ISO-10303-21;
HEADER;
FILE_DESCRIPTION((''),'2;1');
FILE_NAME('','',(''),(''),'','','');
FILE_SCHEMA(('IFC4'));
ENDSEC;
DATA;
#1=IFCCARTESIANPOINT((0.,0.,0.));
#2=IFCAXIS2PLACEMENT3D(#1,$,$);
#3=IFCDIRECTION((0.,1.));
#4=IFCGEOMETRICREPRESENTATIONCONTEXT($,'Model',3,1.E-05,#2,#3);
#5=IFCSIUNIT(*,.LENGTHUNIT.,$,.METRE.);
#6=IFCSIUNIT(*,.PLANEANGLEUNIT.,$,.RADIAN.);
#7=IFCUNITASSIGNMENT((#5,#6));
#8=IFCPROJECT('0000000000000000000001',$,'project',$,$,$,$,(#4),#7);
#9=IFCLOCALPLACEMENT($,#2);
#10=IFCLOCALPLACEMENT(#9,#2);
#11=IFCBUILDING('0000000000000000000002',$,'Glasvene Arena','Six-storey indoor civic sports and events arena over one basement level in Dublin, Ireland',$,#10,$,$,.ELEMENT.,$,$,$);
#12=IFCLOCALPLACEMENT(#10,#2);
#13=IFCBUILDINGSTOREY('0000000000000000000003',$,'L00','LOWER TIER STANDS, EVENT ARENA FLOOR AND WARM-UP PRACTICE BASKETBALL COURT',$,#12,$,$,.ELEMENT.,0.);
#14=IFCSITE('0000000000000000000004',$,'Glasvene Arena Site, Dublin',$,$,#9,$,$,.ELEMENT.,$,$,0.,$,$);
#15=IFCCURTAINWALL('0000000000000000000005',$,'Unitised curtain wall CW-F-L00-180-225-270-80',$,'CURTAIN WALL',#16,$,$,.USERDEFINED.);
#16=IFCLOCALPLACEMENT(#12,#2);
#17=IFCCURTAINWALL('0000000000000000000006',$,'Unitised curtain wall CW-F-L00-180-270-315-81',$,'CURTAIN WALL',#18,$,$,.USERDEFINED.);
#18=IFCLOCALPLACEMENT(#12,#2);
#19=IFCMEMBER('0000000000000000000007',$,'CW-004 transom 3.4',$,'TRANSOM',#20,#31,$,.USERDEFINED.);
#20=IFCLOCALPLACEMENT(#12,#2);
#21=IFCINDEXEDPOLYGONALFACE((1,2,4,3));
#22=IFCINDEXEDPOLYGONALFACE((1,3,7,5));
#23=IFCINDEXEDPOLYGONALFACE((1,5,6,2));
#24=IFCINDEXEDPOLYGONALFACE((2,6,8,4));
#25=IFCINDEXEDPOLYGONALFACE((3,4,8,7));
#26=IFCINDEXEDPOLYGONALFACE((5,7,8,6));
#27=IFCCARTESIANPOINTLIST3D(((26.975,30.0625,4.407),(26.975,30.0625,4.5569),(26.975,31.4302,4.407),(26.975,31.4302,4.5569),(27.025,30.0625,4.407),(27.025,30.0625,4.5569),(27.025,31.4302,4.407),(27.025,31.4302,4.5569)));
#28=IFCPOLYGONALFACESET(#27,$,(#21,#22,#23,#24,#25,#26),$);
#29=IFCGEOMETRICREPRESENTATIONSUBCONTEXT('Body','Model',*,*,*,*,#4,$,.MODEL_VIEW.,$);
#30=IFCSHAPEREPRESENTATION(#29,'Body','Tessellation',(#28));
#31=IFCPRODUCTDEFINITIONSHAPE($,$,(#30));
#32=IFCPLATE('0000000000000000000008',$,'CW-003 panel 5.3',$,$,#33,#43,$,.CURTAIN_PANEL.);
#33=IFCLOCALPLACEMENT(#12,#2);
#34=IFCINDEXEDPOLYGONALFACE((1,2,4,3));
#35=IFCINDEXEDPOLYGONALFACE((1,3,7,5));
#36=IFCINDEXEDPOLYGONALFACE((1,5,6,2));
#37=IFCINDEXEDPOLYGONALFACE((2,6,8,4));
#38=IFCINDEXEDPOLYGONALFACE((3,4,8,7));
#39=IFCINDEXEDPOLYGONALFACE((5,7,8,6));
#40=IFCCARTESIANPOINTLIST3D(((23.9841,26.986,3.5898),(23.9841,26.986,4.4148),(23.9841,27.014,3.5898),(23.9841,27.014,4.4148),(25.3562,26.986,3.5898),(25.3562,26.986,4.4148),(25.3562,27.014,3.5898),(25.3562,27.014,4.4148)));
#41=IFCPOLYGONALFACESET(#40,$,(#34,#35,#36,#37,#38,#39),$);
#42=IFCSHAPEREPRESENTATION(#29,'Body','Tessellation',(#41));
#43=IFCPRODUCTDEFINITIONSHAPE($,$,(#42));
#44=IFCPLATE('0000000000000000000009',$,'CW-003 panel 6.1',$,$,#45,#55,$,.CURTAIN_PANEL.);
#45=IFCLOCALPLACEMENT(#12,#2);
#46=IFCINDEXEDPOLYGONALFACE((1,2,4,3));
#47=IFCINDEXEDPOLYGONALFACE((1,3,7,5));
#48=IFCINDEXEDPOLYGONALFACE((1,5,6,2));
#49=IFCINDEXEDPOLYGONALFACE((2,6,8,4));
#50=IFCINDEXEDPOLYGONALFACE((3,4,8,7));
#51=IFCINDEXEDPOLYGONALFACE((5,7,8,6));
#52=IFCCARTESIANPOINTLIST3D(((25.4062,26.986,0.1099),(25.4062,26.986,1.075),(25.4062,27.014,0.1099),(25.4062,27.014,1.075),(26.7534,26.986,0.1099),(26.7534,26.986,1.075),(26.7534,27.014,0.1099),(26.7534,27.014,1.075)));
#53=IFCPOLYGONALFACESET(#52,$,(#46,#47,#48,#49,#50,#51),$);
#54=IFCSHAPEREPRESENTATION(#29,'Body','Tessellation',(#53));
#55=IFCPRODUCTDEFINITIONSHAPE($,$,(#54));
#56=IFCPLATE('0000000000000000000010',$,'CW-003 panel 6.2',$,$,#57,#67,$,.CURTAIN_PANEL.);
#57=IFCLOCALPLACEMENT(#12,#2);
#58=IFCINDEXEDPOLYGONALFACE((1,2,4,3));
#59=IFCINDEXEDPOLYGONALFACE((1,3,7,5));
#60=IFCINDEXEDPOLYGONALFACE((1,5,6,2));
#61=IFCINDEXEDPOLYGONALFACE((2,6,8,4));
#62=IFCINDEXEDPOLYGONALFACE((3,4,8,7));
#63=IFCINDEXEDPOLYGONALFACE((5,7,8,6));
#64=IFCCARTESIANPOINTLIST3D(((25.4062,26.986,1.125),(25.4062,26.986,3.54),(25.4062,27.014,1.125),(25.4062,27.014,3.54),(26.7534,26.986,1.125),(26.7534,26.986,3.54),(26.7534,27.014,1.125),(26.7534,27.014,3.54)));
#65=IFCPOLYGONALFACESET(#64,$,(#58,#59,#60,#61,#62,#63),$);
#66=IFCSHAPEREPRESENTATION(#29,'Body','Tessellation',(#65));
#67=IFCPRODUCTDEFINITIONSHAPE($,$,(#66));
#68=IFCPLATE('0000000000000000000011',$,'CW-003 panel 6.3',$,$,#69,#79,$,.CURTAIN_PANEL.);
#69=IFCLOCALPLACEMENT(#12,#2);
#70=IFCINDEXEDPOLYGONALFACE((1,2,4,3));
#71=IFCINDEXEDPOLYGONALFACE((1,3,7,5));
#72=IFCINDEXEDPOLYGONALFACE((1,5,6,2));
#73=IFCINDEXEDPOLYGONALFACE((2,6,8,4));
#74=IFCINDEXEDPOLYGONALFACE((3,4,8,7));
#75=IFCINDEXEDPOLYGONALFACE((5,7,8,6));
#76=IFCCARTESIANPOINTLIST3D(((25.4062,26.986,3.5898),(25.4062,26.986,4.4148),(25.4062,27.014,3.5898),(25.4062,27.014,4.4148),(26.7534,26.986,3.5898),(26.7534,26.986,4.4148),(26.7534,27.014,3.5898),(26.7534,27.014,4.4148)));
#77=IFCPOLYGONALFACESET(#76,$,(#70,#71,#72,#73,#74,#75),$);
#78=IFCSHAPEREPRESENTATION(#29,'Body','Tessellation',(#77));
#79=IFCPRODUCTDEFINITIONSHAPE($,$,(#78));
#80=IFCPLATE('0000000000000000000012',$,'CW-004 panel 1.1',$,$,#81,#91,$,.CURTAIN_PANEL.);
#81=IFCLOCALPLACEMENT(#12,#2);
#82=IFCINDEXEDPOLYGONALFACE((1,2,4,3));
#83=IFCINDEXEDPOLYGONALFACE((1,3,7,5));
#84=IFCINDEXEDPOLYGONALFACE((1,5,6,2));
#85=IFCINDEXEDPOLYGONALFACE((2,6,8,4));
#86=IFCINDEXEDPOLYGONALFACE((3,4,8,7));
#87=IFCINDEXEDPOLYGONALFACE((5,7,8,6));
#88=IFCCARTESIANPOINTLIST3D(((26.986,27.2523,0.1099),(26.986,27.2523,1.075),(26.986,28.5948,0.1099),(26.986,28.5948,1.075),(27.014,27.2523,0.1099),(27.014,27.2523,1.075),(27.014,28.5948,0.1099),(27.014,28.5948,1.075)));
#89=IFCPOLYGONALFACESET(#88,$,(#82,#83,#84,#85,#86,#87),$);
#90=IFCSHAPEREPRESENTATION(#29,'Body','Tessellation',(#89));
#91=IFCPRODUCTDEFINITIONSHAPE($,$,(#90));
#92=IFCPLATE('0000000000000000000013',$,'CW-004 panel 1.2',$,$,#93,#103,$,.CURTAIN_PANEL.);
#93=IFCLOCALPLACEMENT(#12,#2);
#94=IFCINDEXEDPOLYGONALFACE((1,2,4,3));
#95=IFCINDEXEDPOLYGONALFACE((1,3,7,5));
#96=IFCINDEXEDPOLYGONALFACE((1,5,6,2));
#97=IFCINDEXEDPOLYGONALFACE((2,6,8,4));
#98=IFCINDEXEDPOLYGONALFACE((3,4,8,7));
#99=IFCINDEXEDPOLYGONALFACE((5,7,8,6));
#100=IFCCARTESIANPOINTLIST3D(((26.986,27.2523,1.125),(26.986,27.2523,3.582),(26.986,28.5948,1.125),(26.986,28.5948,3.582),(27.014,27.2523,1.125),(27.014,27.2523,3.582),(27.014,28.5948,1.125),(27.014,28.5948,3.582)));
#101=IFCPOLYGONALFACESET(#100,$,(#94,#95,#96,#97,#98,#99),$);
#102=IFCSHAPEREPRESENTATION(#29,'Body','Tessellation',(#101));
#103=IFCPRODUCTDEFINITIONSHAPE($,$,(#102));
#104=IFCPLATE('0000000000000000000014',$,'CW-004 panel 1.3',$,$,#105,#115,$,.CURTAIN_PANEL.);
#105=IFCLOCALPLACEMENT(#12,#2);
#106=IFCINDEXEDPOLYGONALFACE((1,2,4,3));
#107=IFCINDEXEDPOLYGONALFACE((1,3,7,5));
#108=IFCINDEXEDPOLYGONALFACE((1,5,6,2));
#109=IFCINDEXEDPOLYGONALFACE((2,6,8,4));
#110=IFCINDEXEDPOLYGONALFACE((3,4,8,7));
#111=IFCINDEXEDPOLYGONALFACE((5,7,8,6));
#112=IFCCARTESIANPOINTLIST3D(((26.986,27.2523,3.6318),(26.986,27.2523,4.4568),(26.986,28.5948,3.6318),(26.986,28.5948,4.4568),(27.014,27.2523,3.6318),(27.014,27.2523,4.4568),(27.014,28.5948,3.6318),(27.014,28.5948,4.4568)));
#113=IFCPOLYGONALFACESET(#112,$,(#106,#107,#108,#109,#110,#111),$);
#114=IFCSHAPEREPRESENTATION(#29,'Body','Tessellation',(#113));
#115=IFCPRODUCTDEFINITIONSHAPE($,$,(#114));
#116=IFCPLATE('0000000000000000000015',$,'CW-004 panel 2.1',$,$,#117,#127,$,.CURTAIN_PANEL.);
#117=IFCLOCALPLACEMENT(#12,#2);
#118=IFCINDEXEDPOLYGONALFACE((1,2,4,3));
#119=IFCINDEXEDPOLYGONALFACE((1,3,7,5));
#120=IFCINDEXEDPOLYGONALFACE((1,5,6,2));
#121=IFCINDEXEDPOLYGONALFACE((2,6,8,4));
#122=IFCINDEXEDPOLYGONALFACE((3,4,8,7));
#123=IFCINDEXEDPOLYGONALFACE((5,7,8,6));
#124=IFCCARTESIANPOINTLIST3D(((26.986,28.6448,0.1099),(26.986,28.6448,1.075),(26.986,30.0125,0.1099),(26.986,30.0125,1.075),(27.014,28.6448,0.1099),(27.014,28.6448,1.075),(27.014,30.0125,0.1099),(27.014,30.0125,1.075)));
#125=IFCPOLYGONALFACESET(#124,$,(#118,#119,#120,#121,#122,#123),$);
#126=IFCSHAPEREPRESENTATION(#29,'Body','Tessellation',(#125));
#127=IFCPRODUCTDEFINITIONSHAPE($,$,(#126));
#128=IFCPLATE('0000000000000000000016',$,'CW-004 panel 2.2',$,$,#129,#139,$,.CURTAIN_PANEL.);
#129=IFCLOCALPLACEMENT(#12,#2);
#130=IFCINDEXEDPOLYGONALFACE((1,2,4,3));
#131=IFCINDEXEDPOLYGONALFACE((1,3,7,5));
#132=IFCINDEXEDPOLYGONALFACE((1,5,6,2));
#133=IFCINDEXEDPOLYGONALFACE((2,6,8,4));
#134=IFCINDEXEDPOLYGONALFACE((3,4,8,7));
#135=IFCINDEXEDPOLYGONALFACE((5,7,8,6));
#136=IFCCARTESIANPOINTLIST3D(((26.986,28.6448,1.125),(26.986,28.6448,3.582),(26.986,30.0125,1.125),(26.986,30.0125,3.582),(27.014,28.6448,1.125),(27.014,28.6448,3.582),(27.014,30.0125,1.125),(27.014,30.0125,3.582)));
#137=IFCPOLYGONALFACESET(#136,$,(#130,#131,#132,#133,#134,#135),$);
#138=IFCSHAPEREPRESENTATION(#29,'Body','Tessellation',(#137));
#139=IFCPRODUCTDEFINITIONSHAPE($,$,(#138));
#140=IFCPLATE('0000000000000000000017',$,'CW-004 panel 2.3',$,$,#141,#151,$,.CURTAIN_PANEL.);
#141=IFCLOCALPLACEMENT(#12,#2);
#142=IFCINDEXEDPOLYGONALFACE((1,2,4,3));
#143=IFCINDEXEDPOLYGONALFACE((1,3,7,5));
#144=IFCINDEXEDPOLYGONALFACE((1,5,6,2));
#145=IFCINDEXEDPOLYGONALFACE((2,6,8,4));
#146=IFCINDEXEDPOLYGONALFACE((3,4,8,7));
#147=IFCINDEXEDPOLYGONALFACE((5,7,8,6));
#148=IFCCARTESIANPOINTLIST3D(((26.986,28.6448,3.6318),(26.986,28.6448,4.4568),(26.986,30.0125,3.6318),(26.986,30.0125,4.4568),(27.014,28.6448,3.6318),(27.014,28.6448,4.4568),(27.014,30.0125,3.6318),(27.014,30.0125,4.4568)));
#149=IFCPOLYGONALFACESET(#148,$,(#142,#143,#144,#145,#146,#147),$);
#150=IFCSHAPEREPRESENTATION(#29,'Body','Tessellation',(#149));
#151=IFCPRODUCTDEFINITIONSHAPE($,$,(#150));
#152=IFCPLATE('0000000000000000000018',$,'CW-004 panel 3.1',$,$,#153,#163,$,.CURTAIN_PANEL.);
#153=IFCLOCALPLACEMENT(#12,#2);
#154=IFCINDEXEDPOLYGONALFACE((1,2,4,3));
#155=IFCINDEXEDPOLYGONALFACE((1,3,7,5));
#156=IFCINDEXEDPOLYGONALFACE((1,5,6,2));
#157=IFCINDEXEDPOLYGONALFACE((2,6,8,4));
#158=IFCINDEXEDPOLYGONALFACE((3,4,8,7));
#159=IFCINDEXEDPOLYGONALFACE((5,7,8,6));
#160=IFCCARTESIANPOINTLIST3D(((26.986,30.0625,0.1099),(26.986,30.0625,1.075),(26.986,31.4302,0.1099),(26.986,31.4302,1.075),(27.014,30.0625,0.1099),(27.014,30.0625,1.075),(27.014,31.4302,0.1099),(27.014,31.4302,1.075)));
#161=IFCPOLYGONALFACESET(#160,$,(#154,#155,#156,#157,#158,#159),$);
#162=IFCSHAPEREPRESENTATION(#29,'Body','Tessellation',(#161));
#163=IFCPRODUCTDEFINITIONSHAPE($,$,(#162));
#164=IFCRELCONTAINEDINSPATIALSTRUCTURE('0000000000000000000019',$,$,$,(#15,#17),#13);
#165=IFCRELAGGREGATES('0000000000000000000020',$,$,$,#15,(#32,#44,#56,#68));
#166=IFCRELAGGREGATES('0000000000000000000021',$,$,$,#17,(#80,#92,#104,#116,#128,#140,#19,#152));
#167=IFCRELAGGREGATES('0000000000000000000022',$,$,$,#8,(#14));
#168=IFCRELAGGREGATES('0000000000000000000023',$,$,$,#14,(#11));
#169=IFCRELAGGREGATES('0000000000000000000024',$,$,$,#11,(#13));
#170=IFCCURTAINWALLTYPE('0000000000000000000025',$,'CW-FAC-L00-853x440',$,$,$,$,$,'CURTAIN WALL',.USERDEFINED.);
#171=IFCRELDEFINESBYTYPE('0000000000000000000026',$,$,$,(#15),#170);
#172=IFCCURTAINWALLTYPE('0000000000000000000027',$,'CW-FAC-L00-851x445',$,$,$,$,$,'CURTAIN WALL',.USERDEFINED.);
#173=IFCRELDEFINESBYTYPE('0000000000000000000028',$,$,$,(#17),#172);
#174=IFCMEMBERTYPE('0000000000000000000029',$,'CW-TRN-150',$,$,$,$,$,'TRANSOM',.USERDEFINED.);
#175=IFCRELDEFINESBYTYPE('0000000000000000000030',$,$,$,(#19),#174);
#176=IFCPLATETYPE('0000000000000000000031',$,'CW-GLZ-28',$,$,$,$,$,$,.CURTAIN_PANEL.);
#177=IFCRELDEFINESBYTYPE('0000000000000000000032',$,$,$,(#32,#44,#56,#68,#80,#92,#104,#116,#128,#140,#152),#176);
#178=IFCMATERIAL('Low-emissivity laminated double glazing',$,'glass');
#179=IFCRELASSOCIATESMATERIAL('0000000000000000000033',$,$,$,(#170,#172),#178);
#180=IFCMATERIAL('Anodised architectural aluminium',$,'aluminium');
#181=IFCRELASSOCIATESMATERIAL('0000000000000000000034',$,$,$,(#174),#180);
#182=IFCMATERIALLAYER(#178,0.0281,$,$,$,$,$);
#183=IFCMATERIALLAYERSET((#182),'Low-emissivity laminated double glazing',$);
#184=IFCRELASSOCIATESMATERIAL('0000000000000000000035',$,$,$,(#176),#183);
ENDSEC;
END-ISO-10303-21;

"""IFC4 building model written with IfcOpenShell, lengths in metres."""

from ifc_helpers import new_model, si_unit, direction, frame, origin, origin_2d, place, context, subcontext, project, spatial, rectangle, extrude, material, layer, layer_set, material_profile, profile_set, type_object, element, aggregate, save


model = new_model("IFC4")

# Units and contexts
model_context = context("Model", 3, precision=1e-05, world=origin(), true_north=direction((0.0, 1.0)))
body_context = subcontext(model_context, "Body", "Model", "MODEL_VIEW")
ifc_project = project(units=[si_unit("LENGTHUNIT", "METRE"), si_unit("PLANEANGLEUNIT", "RADIAN")], contexts=[model_context])

# Site, building, storey
site_placement = place(None, origin())
site = spatial("IfcSite", under=ifc_project, at=site_placement, Name="Glasvene Arena Site, Dublin", CompositionType="ELEMENT", RefElevation=0.0)
building_placement = place(site_placement, origin())
building = spatial("IfcBuilding", under=site, at=building_placement, Name="Glasvene Arena", Description="Six-storey indoor civic sports and events arena over one basement level in Dublin, Ireland", CompositionType="ELEMENT")
storey_placement = place(building_placement, origin())
storey = spatial("IfcBuildingStorey", under=building, at=storey_placement, Name="L00", Description="LOWER TIER STANDS, EVENT ARENA FLOOR AND WARM-UP PRACTICE BASKETBALL COURT", CompositionType="ELEMENT", Elevation=0.0)

# Curtain walls
ifc_material_1 = material(Name="Low-emissivity laminated double glazing", Category="glass")
curtain_wall_type_1 = type_object("IfcCurtainWallType", Name="CW-FAC-L00-853x440", ElementType="CURTAIN WALL", PredefinedType="USERDEFINED", material=ifc_material_1)
curtain_wall_1_placement = place(storey_placement, frame((18.2705, 27.0, 0.0)))
curtain_wall_1 = element("IfcCurtainWall", 1, at=curtain_wall_1_placement, inside=storey, type_object=curtain_wall_type_1, Name="Unitised curtain wall CW-F-L00-180-225-270-80", ObjectType="CURTAIN WALL", PredefinedType="USERDEFINED")
ifc_material_2 = material(Name="Anodised architectural aluminium", Category="aluminium")
curtain_wall_type_2 = type_object("IfcCurtainWallType", Name="CW-FAC-L00-851x445", ElementType="CURTAIN WALL", PredefinedType="USERDEFINED", material=ifc_material_1)
curtain_wall_2_placement = place(storey_placement, frame((27.0, 27.2024, 0.0)))
curtain_wall_2 = element("IfcCurtainWall", 2, at=curtain_wall_2_placement, inside=storey, type_object=curtain_wall_type_2, Name="Unitised curtain wall CW-F-L00-180-270-315-81", ObjectType="CURTAIN WALL", PredefinedType="USERDEFINED")

# Member
ifc_material_profile_1 = material_profile(ifc_material_2, rectangle(XDim=0.05, YDim=0.1499, at=origin_2d()), Name="ALU TRANSOM 50x150")
ifc_profile_set_1 = profile_set([ifc_material_profile_1], Name="Anodised architectural aluminium")
member_type_1 = type_object("IfcMemberType", Name="CW-TRN-150", ElementType="TRANSOM", PredefinedType="USERDEFINED", material=ifc_profile_set_1)
member_1_placement = place(storey_placement, frame((27.0, 30.0625, 4.4819), z_axis=(0.0, 1.0, 0.0), x_axis=(-1.0, 0.0, 0.0)))
member_1 = element("IfcMember", 3, at=member_1_placement, type_object=member_type_1, Name="CW-004 transom 3.4", ObjectType="TRANSOM", PredefinedType="USERDEFINED", context=body_context, shape_type="SweptSolid", body=[
    extrude(rectangle(XDim=0.05, YDim=0.1499, at=origin_2d()), origin(), (0.0, 0.0, 1.0), 1.3677),
])

# Plates
ifc_layer = layer(ifc_material_1, 0.0281)
ifc_layer_set = layer_set([ifc_layer], Name="Low-emissivity laminated double glazing")
plate_type = type_object("IfcPlateType", Name="CW-GLZ-28", PredefinedType="CURTAIN_PANEL", material=ifc_layer_set)
plate_1_placement = place(storey_placement, frame((24.6702, 27.0, 3.5898), z_axis=(0.0, 0.0, 1.0), x_axis=(1.0, 0.0, 0.0)))
plate_1 = element("IfcPlate", 4, at=plate_1_placement, type_object=plate_type, Name="CW-003 panel 5.3", PredefinedType="CURTAIN_PANEL", context=body_context, shape_type="SweptSolid", body=[
    extrude(rectangle(XDim=1.3721, YDim=0.0281, at=origin_2d()), origin(), (0.0, 0.0, 1.0), 0.825),
])
plate_2_placement = place(storey_placement, frame((26.0798, 27.0, 0.1099), z_axis=(0.0, 0.0, 1.0), x_axis=(1.0, 0.0, 0.0)))
plate_2 = element("IfcPlate", 5, at=plate_2_placement, type_object=plate_type, Name="CW-003 panel 6.1", PredefinedType="CURTAIN_PANEL", context=body_context, shape_type="SweptSolid", body=[
    extrude(rectangle(XDim=1.3472, YDim=0.0281, at=origin_2d()), origin(), (0.0, 0.0, 1.0), 0.9651),
])
plate_3_placement = place(storey_placement, frame((26.0798, 27.0, 1.125), z_axis=(0.0, 0.0, 1.0), x_axis=(1.0, 0.0, 0.0)))
plate_3 = element("IfcPlate", 6, at=plate_3_placement, type_object=plate_type, Name="CW-003 panel 6.2", PredefinedType="CURTAIN_PANEL", context=body_context, shape_type="SweptSolid", body=[
    extrude(rectangle(XDim=1.3472, YDim=0.0281, at=origin_2d()), origin(), (0.0, 0.0, 1.0), 2.415),
])
plate_4_placement = place(storey_placement, frame((26.0798, 27.0, 3.5898), z_axis=(0.0, 0.0, 1.0), x_axis=(1.0, 0.0, 0.0)))
plate_4 = element("IfcPlate", 7, at=plate_4_placement, type_object=plate_type, Name="CW-003 panel 6.3", PredefinedType="CURTAIN_PANEL", context=body_context, shape_type="SweptSolid", body=[
    extrude(rectangle(XDim=1.3472, YDim=0.0281, at=origin_2d()), origin(), (0.0, 0.0, 1.0), 0.825),
])
aggregate(curtain_wall_1, [plate_1, plate_2, plate_3, plate_4])
plate_5_placement = place(storey_placement, frame((27.0, 27.9236, 0.1099), z_axis=(0.0, 0.0, 1.0), x_axis=(0.0, 1.0, 0.0)))
plate_5 = element("IfcPlate", 8, at=plate_5_placement, type_object=plate_type, Name="CW-004 panel 1.1", PredefinedType="CURTAIN_PANEL", context=body_context, shape_type="SweptSolid", body=[
    extrude(rectangle(XDim=1.3425, YDim=0.0281, at=origin_2d()), origin(), (0.0, 0.0, 1.0), 0.9651),
])
plate_6_placement = place(storey_placement, frame((27.0, 27.9236, 1.125), z_axis=(0.0, 0.0, 1.0), x_axis=(0.0, 1.0, 0.0)))
plate_6 = element("IfcPlate", 9, at=plate_6_placement, type_object=plate_type, Name="CW-004 panel 1.2", PredefinedType="CURTAIN_PANEL", context=body_context, shape_type="SweptSolid", body=[
    extrude(rectangle(XDim=1.3425, YDim=0.0281, at=origin_2d()), origin(), (0.0, 0.0, 1.0), 2.457),
])
plate_7_placement = place(storey_placement, frame((27.0, 27.9236, 3.6318), z_axis=(0.0, 0.0, 1.0), x_axis=(0.0, 1.0, 0.0)))
plate_7 = element("IfcPlate", 10, at=plate_7_placement, type_object=plate_type, Name="CW-004 panel 1.3", PredefinedType="CURTAIN_PANEL", context=body_context, shape_type="SweptSolid", body=[
    extrude(rectangle(XDim=1.3425, YDim=0.0281, at=origin_2d()), origin(), (0.0, 0.0, 1.0), 0.825),
])
plate_8_placement = place(storey_placement, frame((27.0, 29.3286, 0.1099), z_axis=(0.0, 0.0, 1.0), x_axis=(0.0, 1.0, 0.0)))
plate_8 = element("IfcPlate", 11, at=plate_8_placement, type_object=plate_type, Name="CW-004 panel 2.1", PredefinedType="CURTAIN_PANEL", context=body_context, shape_type="SweptSolid", body=[
    extrude(rectangle(XDim=1.3677, YDim=0.0281, at=origin_2d()), origin(), (0.0, 0.0, 1.0), 0.9651),
])
plate_9_placement = place(storey_placement, frame((27.0, 29.3286, 1.125), z_axis=(0.0, 0.0, 1.0), x_axis=(0.0, 1.0, 0.0)))
plate_9 = element("IfcPlate", 12, at=plate_9_placement, type_object=plate_type, Name="CW-004 panel 2.2", PredefinedType="CURTAIN_PANEL", context=body_context, shape_type="SweptSolid", body=[
    extrude(rectangle(XDim=1.3677, YDim=0.0281, at=origin_2d()), origin(), (0.0, 0.0, 1.0), 2.457),
])
plate_10_placement = place(storey_placement, frame((27.0, 29.3286, 3.6318), z_axis=(0.0, 0.0, 1.0), x_axis=(0.0, 1.0, 0.0)))
plate_10 = element("IfcPlate", 13, at=plate_10_placement, type_object=plate_type, Name="CW-004 panel 2.3", PredefinedType="CURTAIN_PANEL", context=body_context, shape_type="SweptSolid", body=[
    extrude(rectangle(XDim=1.3677, YDim=0.0281, at=origin_2d()), origin(), (0.0, 0.0, 1.0), 0.825),
])
plate_11_placement = place(storey_placement, frame((27.0, 30.7463, 0.1099), z_axis=(0.0, 0.0, 1.0), x_axis=(0.0, 1.0, 0.0)))
plate_11 = element("IfcPlate", 14, at=plate_11_placement, type_object=plate_type, Name="CW-004 panel 3.1", PredefinedType="CURTAIN_PANEL", context=body_context, shape_type="SweptSolid", body=[
    extrude(rectangle(XDim=1.3677, YDim=0.0281, at=origin_2d()), origin(), (0.0, 0.0, 1.0), 0.9651),
])
aggregate(curtain_wall_2, [plate_5, plate_6, plate_7, plate_8, plate_9, plate_10, member_1, plate_11])

save(model, "model.ifc")
